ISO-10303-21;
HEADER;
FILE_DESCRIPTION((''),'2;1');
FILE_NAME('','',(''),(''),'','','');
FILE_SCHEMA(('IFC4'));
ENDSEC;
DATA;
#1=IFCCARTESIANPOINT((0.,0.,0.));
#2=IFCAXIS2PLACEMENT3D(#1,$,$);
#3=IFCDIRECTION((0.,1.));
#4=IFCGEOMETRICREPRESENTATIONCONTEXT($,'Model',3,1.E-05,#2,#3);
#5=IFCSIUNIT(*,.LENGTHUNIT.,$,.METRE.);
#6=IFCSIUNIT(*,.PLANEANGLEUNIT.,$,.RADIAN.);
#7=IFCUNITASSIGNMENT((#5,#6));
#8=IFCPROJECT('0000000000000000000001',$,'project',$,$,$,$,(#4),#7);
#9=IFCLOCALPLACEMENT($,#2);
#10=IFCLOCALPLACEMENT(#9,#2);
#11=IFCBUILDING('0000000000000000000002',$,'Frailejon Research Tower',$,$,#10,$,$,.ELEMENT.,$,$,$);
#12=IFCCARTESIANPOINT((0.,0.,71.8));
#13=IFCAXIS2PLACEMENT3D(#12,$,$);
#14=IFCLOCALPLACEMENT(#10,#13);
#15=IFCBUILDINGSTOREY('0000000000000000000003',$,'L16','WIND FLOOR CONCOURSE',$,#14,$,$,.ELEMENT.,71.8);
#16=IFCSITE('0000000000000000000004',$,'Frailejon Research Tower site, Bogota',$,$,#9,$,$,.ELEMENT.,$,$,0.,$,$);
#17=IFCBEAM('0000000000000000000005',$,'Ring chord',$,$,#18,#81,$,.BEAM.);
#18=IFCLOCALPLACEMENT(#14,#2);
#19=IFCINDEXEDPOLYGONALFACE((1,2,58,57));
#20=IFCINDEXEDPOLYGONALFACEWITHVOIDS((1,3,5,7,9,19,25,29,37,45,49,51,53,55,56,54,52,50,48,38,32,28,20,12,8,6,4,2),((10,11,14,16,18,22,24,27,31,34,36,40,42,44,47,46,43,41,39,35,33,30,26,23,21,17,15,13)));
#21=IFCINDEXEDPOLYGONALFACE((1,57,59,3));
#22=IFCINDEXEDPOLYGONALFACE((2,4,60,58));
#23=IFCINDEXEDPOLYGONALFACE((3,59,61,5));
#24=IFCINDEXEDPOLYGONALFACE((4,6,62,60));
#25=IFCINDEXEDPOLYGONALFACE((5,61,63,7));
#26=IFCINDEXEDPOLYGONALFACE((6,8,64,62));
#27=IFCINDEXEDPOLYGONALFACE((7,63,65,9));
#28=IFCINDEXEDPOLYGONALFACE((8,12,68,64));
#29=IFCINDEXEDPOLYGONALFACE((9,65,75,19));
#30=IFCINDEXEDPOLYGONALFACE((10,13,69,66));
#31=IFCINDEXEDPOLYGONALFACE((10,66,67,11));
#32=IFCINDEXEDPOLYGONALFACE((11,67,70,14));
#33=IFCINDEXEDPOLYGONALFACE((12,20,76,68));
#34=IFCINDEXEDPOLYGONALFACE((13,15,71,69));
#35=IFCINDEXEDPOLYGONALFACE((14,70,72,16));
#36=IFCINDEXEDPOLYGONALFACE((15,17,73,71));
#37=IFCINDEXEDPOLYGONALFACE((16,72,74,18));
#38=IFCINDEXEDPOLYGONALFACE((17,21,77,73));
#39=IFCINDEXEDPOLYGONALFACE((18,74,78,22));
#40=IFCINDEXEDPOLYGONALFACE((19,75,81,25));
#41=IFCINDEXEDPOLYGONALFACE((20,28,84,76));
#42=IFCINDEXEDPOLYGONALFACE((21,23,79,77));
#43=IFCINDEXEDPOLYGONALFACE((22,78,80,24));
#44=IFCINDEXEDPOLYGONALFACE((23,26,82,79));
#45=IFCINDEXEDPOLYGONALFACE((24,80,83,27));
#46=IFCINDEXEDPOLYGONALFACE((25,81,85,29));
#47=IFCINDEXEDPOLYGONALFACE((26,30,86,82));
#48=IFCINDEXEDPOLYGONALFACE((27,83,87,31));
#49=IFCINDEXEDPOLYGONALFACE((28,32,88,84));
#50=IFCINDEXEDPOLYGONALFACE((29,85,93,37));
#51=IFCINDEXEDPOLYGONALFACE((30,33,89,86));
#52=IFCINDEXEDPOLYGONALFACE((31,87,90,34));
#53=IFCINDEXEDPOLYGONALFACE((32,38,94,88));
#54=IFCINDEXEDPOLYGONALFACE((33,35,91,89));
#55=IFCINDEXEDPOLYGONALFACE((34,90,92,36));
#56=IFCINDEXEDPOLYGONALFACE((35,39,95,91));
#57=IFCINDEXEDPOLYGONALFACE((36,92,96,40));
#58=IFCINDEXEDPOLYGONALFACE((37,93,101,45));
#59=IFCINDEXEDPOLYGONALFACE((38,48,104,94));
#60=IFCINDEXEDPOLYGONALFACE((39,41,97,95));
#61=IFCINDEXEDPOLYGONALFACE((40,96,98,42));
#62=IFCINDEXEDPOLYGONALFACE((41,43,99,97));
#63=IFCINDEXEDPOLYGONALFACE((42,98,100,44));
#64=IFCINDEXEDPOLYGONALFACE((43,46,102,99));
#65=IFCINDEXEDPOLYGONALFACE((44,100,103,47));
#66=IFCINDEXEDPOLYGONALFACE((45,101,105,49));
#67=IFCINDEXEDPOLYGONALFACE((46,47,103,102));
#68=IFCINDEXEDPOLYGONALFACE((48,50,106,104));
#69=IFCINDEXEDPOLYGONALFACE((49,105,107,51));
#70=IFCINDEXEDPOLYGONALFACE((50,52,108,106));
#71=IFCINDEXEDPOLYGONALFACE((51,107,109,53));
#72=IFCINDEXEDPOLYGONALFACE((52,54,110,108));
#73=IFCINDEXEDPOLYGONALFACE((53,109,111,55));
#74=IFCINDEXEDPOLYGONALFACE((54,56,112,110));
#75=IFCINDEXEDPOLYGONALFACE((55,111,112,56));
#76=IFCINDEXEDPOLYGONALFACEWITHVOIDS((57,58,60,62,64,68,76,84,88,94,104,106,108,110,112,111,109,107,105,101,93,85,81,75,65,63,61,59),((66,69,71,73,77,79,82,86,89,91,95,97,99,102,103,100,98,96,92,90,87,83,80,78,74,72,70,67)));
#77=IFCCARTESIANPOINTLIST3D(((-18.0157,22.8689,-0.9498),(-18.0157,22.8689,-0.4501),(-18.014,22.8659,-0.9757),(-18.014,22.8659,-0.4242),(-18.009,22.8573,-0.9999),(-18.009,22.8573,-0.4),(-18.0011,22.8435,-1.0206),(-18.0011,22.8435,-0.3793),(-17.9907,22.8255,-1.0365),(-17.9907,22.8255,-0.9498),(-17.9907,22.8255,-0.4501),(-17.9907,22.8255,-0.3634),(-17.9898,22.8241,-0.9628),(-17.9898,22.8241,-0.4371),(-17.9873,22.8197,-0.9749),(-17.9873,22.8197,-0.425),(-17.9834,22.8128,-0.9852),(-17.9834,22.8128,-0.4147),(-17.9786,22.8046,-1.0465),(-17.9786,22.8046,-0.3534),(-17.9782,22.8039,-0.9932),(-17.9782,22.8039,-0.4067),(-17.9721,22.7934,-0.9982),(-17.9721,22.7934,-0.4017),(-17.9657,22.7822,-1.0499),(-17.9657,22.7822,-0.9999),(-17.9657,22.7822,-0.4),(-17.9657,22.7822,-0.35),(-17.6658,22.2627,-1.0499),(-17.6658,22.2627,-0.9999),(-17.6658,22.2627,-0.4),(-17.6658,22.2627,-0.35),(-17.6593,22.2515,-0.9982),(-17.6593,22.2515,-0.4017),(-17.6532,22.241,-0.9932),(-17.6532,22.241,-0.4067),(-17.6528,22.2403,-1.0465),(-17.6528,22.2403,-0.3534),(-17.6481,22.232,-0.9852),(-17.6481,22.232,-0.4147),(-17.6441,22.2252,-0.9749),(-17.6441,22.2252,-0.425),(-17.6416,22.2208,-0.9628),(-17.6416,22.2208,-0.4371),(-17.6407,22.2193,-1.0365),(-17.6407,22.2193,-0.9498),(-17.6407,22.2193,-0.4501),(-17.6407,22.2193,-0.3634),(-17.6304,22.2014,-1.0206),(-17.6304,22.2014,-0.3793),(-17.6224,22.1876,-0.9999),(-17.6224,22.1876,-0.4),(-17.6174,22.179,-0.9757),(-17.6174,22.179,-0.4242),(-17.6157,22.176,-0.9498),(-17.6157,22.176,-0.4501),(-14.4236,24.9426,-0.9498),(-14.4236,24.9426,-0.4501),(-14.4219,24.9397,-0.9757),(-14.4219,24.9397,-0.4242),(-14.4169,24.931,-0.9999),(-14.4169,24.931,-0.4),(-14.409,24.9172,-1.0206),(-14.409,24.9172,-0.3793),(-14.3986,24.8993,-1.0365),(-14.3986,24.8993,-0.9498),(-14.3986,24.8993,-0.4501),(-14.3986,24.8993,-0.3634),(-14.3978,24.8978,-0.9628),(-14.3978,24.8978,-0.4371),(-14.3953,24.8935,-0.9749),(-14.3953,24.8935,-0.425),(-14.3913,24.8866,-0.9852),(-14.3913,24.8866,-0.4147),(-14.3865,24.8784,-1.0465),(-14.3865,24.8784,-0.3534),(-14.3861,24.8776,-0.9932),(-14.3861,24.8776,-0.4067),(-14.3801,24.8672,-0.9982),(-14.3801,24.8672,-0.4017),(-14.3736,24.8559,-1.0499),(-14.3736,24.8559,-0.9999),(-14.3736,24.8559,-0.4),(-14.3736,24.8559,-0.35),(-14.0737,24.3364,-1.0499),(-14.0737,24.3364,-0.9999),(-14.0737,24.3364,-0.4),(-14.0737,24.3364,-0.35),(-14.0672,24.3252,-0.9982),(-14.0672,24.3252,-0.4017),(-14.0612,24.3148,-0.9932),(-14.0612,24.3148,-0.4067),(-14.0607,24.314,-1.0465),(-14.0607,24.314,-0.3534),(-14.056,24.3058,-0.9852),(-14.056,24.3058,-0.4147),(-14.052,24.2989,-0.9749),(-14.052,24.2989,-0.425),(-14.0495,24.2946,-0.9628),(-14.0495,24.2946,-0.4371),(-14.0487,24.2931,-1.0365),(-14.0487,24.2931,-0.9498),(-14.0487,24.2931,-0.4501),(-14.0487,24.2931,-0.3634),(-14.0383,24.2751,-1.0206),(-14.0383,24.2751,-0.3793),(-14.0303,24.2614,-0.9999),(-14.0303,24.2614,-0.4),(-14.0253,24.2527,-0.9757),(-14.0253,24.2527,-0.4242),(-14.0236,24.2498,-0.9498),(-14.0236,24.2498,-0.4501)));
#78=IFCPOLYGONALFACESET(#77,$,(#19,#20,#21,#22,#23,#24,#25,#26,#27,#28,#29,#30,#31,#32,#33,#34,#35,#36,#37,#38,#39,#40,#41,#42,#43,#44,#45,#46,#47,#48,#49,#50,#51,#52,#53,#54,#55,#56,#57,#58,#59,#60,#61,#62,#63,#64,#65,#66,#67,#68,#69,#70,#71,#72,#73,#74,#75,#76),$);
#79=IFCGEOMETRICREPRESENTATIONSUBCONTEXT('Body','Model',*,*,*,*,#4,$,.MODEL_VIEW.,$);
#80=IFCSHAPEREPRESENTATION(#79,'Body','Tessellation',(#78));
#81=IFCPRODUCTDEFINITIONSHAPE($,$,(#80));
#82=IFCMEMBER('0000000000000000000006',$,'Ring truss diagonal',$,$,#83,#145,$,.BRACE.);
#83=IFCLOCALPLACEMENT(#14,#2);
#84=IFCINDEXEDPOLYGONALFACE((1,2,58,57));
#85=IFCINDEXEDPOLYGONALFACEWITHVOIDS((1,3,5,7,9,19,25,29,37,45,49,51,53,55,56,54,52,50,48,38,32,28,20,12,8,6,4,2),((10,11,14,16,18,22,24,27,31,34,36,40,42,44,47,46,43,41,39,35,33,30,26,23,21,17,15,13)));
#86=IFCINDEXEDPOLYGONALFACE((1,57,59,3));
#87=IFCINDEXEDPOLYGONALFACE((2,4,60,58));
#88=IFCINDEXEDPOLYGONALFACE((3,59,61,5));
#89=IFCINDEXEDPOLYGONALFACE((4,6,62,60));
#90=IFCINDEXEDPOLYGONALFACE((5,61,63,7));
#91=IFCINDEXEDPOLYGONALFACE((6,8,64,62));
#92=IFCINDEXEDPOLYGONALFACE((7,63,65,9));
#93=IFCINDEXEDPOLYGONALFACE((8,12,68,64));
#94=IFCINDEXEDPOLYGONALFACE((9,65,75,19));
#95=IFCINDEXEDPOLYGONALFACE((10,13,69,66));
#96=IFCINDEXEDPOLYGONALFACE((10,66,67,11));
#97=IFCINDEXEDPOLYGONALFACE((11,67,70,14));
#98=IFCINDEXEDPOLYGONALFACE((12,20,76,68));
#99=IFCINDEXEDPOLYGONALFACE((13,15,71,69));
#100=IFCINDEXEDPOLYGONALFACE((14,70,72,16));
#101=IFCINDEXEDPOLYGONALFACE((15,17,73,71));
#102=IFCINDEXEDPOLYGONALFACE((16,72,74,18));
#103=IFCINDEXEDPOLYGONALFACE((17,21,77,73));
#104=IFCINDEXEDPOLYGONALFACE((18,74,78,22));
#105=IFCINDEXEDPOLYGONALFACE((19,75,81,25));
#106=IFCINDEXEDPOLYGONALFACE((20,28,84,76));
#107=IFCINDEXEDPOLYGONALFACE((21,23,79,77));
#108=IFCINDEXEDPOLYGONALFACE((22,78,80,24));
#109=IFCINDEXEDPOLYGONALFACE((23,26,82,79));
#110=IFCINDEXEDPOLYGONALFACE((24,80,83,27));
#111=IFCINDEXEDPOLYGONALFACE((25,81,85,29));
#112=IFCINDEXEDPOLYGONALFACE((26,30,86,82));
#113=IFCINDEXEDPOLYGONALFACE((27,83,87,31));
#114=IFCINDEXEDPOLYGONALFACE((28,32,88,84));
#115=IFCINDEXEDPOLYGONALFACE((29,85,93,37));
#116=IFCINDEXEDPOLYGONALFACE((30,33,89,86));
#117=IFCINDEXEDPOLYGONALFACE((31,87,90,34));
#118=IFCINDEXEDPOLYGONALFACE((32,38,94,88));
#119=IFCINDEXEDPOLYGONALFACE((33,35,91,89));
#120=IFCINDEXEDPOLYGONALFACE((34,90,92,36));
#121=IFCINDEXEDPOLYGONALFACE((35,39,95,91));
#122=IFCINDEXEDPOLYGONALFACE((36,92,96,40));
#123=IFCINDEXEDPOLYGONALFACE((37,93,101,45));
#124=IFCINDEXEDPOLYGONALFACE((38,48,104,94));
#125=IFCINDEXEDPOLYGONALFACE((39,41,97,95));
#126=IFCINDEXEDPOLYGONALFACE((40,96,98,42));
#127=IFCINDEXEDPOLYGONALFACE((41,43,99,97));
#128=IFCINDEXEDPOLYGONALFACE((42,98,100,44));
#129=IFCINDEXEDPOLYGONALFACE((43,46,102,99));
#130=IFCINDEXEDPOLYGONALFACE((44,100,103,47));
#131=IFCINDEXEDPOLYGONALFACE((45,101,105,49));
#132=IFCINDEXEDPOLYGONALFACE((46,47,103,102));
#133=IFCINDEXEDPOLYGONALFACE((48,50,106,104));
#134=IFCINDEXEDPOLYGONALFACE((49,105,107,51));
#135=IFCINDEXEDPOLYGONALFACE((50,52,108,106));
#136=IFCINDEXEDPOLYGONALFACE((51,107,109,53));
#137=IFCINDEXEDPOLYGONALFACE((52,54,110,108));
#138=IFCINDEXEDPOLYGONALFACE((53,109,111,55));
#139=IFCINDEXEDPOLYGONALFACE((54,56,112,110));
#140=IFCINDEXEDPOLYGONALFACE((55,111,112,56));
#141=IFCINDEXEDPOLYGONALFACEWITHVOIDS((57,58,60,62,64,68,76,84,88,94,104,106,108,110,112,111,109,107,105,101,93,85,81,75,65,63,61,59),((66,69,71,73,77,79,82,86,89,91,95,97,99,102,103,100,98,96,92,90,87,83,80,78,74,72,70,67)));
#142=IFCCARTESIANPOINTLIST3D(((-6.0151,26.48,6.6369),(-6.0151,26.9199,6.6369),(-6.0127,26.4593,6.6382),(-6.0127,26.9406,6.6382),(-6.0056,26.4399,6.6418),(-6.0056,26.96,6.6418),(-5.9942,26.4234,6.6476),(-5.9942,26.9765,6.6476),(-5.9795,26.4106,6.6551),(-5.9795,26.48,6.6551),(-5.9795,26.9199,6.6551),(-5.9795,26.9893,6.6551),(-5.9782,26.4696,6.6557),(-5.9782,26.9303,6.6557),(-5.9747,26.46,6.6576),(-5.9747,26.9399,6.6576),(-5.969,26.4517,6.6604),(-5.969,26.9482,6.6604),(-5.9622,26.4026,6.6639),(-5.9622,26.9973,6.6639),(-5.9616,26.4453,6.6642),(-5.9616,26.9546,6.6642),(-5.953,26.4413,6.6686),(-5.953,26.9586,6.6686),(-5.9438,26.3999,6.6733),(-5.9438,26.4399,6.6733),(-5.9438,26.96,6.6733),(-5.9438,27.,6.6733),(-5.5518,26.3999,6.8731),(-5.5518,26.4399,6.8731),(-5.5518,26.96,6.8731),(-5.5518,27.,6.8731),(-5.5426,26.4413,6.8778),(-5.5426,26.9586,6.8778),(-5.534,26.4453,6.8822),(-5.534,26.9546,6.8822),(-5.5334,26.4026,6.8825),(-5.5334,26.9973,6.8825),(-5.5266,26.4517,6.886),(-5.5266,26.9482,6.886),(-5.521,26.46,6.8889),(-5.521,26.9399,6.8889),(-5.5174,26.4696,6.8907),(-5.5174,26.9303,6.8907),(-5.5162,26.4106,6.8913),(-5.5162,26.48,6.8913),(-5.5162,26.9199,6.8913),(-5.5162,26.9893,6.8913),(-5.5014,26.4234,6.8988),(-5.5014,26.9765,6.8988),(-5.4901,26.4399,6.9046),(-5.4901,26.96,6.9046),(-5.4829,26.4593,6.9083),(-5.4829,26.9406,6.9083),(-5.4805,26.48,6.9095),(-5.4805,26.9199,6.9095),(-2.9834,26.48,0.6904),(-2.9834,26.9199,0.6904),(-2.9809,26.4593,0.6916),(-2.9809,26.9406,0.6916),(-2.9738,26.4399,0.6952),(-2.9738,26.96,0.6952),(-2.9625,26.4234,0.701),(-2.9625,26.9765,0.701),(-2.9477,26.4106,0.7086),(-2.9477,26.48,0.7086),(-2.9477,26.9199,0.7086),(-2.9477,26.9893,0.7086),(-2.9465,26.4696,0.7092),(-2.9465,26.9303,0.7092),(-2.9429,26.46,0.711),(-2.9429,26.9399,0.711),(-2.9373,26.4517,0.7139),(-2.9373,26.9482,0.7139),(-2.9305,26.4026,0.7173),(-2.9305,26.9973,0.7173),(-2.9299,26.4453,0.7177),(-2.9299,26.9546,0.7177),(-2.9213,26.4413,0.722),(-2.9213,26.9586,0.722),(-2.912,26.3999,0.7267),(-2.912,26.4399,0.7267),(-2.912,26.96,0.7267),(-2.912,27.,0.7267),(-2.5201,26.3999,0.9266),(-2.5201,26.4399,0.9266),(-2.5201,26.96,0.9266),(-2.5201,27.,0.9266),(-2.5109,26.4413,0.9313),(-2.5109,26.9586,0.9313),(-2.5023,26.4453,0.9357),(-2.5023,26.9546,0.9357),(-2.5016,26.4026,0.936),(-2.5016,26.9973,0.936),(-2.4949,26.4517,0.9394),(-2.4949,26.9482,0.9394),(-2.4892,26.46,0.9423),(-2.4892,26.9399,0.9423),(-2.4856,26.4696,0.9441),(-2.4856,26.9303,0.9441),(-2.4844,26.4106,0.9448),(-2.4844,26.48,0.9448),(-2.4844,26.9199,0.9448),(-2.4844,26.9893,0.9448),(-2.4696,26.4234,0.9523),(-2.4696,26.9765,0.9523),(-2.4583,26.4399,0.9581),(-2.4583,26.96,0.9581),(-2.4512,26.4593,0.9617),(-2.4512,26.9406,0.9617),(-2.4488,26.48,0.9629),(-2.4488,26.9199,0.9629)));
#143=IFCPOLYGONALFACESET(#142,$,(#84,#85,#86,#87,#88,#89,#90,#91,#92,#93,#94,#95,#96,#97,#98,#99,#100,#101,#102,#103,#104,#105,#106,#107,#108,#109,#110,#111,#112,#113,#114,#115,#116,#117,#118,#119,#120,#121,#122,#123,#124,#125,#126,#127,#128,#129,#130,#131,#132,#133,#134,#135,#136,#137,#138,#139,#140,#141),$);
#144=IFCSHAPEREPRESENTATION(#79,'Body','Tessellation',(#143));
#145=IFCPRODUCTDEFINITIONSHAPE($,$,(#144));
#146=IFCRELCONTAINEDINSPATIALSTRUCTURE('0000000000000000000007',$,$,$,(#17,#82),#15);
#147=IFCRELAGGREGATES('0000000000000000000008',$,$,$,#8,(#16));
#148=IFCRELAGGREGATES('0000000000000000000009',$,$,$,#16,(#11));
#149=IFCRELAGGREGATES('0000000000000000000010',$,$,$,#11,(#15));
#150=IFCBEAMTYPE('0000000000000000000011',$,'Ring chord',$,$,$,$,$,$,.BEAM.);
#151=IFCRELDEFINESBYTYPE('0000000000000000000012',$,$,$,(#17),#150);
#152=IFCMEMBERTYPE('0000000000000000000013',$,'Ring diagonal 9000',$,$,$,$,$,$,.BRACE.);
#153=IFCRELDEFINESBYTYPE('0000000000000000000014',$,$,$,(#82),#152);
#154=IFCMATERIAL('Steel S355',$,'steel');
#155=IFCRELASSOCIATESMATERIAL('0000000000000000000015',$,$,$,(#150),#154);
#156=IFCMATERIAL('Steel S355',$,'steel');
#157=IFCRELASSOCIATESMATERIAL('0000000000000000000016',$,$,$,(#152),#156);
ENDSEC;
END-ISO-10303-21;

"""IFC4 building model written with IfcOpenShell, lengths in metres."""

from ifc_helpers import new_model, si_unit, direction, frame, origin, origin_2d, place, context, subcontext, project, spatial, hollow_rectangle, extrude, material, material_profile, profile_set, type_object, element, save


model = new_model("IFC4")

# Units and contexts
model_context = context("Model", 3, precision=1e-05, world=origin(), true_north=direction((0.0, 1.0)))
body_context = subcontext(model_context, "Body", "Model", "MODEL_VIEW")
ifc_project = project(units=[si_unit("LENGTHUNIT", "METRE"), si_unit("PLANEANGLEUNIT", "RADIAN")], contexts=[model_context])

# Site, building, storey
site_placement = place(None, origin())
site = spatial("IfcSite", under=ifc_project, at=site_placement, Name="Frailejon Research Tower site, Bogota", CompositionType="ELEMENT", RefElevation=0.0)
building_placement = place(site_placement, origin())
building = spatial("IfcBuilding", under=site, at=building_placement, Name="Frailejon Research Tower", CompositionType="ELEMENT")
storey_placement = place(building_placement, frame((0.0, 0.0, 71.8)))
storey = spatial("IfcBuildingStorey", under=building, at=storey_placement, Name="L16", Description="WIND FLOOR CONCOURSE", CompositionType="ELEMENT", Elevation=71.8)

# Beam
ifc_material_1 = material(Name="Steel S355", Category="steel")
ifc_material_profile_1 = material_profile(ifc_material_1, hollow_rectangle(XDim=0.8, YDim=0.7, WallThickness=0.05, InnerFilletRadius=0.05, OuterFilletRadius=0.1001, at=origin_2d()), Name="Ring chord")
ifc_profile_set_1 = profile_set([ifc_material_profile_1], Name="Steel S355")
beam_type_1 = type_object("IfcBeamType", Name="Ring chord", PredefinedType="BEAM", material=ifc_profile_set_1)
for number, where, z_axis, x_axis, name in (
    (1, (-14.2236, 24.5962, -0.7), (-0.86604, -0.499976, 0.0), (0.499976, -0.86604, 0.0), "Ring chord"),
):
    element("IfcBeam", number, at=place(storey_placement, frame(where, z_axis=z_axis, x_axis=x_axis)), inside=storey, type_object=beam_type_1, Name=name, PredefinedType="BEAM", context=body_context, shape_type="SweptSolid", body=[
        extrude(hollow_rectangle(XDim=0.8, YDim=0.7, WallThickness=0.05, InnerFilletRadius=0.05, OuterFilletRadius=0.1001, at=origin_2d()), origin(), (0.0, 0.0, 1.0), 4.1477),
    ])

# Member
ifc_material_2 = material(Name="Steel S355", Category="steel")
ifc_material_profile_2 = material_profile(ifc_material_2, hollow_rectangle(XDim=0.6001, YDim=0.6001, WallThickness=0.04, InnerFilletRadius=0.04, OuterFilletRadius=0.0801, at=origin_2d()), Name="Ring diagonal 9000")
ifc_profile_set_2 = profile_set([ifc_material_profile_2], Name="Steel S355")
member_type = type_object("IfcMemberType", Name="Ring diagonal 9000", PredefinedType="BRACE", material=ifc_profile_set_2)
for number, where, z_axis, x_axis, name in (
    (2, (-2.7161, 26.7, 0.8267), (-0.454208, 0.0, 0.890896), (0.0, -1.0, 0.0), "Ring truss diagonal"),
):
    element("IfcMember", number, at=place(storey_placement, frame(where, z_axis=z_axis, x_axis=x_axis)), inside=storey, type_object=member_type, Name=name, PredefinedType="BRACE", context=body_context, shape_type="SweptSolid", body=[
        extrude(hollow_rectangle(XDim=0.6001, YDim=0.6001, WallThickness=0.04, InnerFilletRadius=0.04, OuterFilletRadius=0.0801, at=origin_2d()), origin(), (0.0, 0.0, 1.0), 6.6748),
    ])

save(model, "model.ifc")
